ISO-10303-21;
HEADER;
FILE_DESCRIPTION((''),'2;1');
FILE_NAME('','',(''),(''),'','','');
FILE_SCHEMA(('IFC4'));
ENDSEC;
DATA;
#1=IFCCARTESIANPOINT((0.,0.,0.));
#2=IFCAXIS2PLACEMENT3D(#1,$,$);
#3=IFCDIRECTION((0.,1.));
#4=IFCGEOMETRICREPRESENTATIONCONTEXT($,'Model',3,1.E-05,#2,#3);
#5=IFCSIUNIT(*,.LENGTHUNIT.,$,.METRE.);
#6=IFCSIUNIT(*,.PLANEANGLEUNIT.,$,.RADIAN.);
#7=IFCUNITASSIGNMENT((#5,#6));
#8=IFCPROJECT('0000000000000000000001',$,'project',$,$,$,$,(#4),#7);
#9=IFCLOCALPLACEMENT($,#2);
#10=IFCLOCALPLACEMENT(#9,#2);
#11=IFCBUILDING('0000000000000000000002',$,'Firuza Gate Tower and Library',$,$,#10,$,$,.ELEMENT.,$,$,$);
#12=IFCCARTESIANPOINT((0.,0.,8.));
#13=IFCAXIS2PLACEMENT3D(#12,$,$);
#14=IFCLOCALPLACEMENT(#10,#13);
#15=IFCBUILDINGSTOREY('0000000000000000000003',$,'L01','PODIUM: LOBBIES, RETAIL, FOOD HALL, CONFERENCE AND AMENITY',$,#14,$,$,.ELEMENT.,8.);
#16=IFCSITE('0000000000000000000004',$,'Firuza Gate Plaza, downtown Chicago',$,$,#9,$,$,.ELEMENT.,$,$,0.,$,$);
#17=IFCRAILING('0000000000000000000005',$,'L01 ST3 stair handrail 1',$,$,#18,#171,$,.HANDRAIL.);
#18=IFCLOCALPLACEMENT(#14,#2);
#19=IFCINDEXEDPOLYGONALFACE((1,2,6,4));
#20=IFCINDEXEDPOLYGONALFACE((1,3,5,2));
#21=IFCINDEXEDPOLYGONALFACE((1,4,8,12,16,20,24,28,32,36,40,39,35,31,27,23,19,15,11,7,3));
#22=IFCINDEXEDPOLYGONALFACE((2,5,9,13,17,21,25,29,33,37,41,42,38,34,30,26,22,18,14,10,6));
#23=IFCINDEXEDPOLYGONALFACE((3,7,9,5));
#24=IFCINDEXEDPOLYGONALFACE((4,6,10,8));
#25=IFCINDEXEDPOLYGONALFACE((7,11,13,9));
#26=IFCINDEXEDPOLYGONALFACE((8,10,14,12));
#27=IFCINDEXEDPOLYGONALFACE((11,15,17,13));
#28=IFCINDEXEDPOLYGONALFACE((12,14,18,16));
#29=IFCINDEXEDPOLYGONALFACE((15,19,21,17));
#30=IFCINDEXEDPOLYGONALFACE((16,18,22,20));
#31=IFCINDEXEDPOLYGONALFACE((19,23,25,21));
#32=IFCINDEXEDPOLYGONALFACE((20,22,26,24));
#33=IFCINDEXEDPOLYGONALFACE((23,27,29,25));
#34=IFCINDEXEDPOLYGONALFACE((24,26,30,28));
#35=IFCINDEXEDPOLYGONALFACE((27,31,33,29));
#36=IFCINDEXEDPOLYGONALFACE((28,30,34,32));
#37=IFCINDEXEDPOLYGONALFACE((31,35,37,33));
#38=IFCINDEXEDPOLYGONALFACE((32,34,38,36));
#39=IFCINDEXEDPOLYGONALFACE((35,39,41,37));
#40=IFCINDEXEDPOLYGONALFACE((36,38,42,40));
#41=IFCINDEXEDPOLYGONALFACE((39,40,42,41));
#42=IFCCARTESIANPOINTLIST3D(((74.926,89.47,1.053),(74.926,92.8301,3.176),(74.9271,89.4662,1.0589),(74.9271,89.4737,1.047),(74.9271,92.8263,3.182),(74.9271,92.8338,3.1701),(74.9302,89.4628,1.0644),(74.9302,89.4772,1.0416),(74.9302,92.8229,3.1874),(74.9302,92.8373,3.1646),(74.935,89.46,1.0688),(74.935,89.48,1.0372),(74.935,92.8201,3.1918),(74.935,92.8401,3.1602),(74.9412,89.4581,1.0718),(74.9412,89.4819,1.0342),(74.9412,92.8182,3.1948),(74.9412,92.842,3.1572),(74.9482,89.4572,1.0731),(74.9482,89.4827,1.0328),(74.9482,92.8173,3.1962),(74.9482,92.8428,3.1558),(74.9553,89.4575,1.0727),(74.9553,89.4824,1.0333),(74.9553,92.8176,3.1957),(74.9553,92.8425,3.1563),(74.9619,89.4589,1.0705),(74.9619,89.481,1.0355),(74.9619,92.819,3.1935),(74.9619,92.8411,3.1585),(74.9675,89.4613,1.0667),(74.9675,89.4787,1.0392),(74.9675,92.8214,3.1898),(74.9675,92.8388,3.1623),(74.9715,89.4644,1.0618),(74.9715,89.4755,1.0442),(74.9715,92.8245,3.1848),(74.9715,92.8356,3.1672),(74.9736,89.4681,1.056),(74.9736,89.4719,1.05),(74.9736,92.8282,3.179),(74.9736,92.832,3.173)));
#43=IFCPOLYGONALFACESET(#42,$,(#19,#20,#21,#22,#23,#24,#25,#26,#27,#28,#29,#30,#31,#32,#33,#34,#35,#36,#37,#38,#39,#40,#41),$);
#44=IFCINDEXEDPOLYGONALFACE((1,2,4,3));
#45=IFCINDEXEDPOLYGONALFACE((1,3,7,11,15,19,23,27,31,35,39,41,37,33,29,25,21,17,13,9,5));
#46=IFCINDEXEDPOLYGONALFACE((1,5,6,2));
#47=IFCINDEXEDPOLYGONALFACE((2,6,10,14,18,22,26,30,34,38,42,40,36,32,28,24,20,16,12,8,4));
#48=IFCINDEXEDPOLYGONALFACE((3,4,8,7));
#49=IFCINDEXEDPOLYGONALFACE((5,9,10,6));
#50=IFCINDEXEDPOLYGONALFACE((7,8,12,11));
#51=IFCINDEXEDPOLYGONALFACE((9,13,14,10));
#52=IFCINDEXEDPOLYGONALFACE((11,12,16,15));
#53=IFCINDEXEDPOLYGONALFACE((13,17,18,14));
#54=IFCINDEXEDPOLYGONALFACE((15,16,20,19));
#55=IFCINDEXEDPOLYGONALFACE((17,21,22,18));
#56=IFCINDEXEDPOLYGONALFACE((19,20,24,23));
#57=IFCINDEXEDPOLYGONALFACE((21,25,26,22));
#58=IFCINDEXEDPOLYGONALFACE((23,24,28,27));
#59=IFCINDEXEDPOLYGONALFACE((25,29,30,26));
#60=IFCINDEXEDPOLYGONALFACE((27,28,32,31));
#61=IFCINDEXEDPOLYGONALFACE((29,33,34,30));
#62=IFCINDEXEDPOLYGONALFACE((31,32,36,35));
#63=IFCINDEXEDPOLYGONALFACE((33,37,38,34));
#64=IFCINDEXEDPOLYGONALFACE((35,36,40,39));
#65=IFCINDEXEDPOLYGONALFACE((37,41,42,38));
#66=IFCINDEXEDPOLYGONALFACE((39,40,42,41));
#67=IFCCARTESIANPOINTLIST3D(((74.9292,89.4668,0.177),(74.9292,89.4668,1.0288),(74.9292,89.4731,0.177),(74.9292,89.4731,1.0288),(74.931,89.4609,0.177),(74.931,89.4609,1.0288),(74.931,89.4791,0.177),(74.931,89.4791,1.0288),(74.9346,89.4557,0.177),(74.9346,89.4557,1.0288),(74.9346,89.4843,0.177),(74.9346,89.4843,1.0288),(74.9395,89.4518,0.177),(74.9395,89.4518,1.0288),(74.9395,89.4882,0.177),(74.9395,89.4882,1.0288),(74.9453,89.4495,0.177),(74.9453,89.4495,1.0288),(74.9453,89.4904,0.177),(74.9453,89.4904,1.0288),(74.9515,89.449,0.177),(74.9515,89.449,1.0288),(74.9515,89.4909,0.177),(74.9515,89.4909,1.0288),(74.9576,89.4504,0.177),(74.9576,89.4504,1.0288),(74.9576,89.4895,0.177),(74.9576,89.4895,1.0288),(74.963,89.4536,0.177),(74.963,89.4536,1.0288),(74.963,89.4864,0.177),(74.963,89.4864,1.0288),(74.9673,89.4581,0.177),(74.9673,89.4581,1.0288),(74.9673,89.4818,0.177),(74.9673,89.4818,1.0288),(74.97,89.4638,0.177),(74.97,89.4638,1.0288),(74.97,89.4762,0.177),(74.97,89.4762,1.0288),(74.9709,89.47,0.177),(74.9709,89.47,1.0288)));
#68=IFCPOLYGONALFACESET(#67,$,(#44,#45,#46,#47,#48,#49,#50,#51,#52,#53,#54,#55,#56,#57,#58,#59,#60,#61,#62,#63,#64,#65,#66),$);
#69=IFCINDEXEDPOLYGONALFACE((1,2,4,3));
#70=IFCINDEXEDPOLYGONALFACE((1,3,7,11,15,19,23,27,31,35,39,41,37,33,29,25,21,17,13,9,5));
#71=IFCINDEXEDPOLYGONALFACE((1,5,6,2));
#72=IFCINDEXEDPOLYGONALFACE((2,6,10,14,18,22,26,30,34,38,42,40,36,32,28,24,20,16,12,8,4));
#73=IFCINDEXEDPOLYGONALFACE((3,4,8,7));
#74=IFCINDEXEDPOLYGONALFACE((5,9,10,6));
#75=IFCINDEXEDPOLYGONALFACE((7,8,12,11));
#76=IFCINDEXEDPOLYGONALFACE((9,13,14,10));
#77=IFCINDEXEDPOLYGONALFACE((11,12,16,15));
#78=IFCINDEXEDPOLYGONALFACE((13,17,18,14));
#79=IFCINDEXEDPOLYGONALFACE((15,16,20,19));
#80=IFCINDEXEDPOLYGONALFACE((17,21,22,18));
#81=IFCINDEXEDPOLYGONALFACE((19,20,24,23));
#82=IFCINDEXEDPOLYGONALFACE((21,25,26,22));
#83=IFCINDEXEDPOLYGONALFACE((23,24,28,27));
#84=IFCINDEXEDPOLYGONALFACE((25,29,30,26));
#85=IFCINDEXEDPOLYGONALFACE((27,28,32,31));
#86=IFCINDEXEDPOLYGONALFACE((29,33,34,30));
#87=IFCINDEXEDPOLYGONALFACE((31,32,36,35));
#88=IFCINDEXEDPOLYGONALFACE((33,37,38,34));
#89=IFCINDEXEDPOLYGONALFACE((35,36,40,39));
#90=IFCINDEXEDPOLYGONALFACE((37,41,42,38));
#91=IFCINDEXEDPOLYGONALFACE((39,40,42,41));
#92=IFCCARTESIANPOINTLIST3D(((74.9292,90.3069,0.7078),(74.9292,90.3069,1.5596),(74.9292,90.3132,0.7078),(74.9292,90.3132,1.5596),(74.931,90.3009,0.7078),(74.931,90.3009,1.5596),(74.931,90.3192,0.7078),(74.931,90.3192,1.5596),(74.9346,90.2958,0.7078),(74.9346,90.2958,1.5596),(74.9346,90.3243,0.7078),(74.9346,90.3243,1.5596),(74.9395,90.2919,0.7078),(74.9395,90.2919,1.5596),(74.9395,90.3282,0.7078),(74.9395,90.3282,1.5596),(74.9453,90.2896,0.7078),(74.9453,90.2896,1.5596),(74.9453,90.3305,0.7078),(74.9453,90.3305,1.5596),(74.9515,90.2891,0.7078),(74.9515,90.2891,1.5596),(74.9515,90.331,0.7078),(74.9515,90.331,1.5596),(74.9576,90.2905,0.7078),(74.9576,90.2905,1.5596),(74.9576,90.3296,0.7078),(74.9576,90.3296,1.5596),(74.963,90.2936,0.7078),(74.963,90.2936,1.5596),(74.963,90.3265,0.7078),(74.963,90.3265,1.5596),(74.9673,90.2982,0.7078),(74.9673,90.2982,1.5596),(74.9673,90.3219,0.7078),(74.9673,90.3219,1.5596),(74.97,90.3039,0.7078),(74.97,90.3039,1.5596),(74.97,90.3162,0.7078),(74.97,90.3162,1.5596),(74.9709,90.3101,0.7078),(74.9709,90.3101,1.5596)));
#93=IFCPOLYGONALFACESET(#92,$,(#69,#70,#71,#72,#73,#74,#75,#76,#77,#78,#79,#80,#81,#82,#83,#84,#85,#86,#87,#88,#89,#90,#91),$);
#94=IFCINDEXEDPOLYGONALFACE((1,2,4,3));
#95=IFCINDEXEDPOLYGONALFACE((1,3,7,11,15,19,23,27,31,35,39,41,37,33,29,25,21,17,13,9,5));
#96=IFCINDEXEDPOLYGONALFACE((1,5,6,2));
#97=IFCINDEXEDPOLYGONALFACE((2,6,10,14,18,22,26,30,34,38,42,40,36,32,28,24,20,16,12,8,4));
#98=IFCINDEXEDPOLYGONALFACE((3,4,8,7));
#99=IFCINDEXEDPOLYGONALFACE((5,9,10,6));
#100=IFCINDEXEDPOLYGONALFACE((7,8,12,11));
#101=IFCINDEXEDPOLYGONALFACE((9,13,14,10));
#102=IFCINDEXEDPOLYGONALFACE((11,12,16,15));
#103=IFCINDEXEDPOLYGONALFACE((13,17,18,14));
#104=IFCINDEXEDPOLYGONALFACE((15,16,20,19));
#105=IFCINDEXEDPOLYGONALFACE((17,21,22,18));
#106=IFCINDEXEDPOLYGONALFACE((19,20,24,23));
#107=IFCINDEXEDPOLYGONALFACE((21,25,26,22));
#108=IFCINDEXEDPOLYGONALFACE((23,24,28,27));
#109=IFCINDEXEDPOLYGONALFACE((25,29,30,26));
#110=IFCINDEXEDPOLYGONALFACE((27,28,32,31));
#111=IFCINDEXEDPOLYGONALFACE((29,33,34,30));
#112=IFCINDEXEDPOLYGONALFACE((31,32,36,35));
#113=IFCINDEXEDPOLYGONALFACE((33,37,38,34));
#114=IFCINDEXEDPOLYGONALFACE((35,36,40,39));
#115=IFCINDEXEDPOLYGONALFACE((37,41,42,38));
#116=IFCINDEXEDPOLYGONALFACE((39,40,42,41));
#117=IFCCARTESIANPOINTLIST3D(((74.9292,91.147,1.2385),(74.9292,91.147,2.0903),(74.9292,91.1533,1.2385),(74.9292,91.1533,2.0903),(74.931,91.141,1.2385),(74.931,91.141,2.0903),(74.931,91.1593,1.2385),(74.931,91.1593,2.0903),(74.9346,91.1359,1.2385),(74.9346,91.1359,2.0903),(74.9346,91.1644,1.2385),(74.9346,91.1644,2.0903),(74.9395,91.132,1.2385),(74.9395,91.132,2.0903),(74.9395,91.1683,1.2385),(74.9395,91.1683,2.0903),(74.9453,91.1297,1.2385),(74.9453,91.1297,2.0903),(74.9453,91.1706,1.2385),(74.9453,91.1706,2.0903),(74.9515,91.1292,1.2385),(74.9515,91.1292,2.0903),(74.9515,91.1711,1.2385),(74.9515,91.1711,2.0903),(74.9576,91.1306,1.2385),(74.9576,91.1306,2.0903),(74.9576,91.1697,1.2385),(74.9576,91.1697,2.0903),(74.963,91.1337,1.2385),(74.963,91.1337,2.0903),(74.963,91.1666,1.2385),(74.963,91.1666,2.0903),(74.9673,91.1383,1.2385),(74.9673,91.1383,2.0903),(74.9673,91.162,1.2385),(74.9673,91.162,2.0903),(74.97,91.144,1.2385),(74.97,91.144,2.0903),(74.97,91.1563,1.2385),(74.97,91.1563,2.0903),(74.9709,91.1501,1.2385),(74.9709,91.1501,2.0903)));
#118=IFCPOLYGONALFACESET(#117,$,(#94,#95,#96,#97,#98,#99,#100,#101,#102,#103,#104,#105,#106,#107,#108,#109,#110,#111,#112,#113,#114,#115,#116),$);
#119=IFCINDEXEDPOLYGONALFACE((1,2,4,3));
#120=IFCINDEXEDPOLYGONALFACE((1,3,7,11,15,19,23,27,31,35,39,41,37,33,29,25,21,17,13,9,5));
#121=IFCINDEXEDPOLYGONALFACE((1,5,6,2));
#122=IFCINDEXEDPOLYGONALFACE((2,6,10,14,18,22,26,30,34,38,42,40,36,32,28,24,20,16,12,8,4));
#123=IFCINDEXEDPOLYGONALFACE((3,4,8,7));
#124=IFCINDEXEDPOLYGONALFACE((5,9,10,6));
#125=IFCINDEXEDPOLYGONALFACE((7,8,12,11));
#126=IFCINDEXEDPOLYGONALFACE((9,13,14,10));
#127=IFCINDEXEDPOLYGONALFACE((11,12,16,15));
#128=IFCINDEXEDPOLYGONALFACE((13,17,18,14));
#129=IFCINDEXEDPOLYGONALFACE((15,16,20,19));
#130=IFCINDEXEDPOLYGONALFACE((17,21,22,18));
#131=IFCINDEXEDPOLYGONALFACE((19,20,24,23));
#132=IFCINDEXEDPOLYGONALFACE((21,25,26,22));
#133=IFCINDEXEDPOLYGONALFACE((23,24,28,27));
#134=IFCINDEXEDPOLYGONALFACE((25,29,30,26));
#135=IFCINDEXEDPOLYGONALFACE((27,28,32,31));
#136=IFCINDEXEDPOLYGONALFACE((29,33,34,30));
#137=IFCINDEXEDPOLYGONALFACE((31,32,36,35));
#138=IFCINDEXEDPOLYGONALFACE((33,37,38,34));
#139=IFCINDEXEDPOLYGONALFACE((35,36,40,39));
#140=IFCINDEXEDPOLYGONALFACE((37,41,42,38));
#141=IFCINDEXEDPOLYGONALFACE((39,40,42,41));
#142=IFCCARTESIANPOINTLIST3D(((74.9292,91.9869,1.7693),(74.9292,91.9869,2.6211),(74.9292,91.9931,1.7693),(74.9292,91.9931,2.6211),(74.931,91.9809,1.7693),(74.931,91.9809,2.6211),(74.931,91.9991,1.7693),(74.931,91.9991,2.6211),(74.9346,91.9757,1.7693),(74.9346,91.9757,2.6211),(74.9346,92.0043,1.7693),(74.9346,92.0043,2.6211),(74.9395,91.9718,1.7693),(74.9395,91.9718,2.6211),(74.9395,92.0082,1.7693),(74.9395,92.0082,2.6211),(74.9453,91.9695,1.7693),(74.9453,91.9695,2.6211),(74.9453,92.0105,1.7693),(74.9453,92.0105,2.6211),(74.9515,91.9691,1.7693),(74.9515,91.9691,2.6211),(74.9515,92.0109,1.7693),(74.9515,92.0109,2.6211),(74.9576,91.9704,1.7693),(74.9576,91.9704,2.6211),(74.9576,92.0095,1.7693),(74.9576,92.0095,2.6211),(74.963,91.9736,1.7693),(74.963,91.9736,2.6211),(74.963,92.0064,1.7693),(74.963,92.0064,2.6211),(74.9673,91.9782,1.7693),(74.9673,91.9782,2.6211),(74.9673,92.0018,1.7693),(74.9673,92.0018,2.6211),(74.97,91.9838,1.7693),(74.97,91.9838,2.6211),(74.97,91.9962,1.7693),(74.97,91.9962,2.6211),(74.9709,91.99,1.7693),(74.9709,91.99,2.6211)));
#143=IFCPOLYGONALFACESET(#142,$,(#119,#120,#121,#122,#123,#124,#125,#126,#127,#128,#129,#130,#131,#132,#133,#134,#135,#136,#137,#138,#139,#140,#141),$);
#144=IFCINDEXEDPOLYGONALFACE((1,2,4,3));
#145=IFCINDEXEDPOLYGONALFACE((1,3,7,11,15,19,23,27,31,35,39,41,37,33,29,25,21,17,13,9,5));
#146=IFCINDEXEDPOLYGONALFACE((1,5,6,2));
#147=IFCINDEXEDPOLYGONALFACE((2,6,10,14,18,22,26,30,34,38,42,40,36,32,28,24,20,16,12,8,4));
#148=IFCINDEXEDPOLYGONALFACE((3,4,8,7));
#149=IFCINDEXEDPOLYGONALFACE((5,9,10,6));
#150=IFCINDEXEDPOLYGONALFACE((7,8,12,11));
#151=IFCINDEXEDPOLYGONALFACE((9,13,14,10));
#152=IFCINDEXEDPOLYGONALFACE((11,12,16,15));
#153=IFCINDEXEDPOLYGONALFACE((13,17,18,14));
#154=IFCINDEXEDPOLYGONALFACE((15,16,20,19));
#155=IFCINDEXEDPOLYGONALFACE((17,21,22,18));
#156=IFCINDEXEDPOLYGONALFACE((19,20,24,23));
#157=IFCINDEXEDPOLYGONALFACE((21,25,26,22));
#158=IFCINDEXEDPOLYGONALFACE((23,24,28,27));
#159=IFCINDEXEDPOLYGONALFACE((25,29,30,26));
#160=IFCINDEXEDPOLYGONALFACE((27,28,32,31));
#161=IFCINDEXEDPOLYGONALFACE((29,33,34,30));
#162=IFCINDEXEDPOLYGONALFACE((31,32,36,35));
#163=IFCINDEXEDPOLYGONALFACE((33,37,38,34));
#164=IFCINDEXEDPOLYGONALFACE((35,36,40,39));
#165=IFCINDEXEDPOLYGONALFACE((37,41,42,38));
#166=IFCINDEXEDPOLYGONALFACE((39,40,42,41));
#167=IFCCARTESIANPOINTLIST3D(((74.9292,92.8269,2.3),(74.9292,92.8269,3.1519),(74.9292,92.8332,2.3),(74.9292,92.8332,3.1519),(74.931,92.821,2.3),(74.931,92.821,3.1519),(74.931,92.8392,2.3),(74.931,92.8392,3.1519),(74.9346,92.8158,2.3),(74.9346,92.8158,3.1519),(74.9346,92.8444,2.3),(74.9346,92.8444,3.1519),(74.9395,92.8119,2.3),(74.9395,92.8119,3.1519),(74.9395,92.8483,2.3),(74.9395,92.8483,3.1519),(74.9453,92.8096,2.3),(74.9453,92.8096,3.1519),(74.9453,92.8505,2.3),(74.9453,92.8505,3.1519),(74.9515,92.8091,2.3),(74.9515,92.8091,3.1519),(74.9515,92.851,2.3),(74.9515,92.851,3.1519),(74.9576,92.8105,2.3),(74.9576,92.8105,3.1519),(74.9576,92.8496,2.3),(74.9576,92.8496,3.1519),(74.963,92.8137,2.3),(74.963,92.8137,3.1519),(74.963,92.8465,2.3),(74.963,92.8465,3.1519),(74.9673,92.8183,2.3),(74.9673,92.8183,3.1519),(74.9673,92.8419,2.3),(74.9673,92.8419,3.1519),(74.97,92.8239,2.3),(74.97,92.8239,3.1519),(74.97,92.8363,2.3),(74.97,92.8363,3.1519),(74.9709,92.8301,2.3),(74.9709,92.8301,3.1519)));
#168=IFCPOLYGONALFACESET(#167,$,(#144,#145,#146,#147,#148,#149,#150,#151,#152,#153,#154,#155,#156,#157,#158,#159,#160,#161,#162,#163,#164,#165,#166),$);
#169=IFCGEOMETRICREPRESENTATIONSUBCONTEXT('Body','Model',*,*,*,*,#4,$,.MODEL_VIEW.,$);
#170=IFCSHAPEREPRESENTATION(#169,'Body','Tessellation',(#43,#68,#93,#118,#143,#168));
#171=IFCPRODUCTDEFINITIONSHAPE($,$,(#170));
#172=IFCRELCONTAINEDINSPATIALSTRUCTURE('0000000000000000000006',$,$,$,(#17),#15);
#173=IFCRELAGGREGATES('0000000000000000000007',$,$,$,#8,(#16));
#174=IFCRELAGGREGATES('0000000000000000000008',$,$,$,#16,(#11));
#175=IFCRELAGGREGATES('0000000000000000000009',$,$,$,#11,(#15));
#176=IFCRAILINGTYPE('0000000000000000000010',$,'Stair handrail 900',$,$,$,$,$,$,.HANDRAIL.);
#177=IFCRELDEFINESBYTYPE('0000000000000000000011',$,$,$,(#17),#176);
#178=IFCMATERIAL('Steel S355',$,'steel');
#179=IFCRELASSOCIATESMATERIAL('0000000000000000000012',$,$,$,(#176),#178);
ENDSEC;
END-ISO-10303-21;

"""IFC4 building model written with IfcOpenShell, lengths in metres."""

from ifc_helpers import new_model, si_unit, direction, frame, origin, origin_2d, place, context, subcontext, project, spatial, circle, extrude, material, type_object, element, save


model = new_model("IFC4")

# Units and contexts
model_context = context("Model", 3, precision=1e-05, world=origin(), true_north=direction((0.0, 1.0)))
body_context = subcontext(model_context, "Body", "Model", "MODEL_VIEW")
ifc_project = project(units=[si_unit("LENGTHUNIT", "METRE"), si_unit("PLANEANGLEUNIT", "RADIAN")], contexts=[model_context])

# Site, building, storey
site_placement = place(None, origin())
site = spatial("IfcSite", under=ifc_project, at=site_placement, Name="Firuza Gate Plaza, downtown Chicago", CompositionType="ELEMENT", RefElevation=0.0)
building_placement = place(site_placement, origin())
building = spatial("IfcBuilding", under=site, at=building_placement, Name="Firuza Gate Tower and Library", CompositionType="ELEMENT")
storey_placement = place(building_placement, frame((0.0, 0.0, 8.0)))
storey = spatial("IfcBuildingStorey", under=building, at=storey_placement, Name="L01", Description="PODIUM: LOBBIES, RETAIL, FOOD HALL, CONFERENCE AND AMENITY", CompositionType="ELEMENT", Elevation=8.0)

# Railing
ifc_material_1 = material(Name="Steel S355", Category="steel")
railing_type_1 = type_object("IfcRailingType", Name="Stair handrail 900", PredefinedType="HANDRAIL", material=ifc_material_1)
railing_1_placement = place(storey_placement, frame((74.95, 89.47, 0.177)))
element("IfcRailing", 1, at=railing_1_placement, inside=storey, type_object=railing_type_1, Name="L01 ST3 stair handrail 1", PredefinedType="HANDRAIL", context=body_context, shape_type="SweptSolid", body=[
    extrude(circle(Radius=0.0239, at=origin_2d()), frame((0.0, 0.0, 0.876), z_axis=(0.0, 0.84539, 0.53415), x_axis=(-1.0, 0.0, 0.0)), (0.0, 0.0, 1.0), 3.9746),
    extrude(circle(Radius=0.021, at=origin_2d()), origin(), (0.0, 0.0, 1.0), 0.8518),
    extrude(circle(Radius=0.021, at=origin_2d()), frame((0.0, 0.8401, 0.5308)), (0.0, 0.0, 1.0), 0.8518),
    extrude(circle(Radius=0.021, at=origin_2d()), frame((0.0, 1.6802, 1.0615)), (0.0, 0.0, 1.0), 0.8518),
    extrude(circle(Radius=0.021, at=origin_2d()), frame((0.0, 2.52, 1.5923)), (0.0, 0.0, 1.0), 0.8518),
    extrude(circle(Radius=0.021, at=origin_2d()), frame((0.0, 3.3601, 2.123)), (0.0, 0.0, 1.0), 0.8518),
])

save(model, "model.ifc")
